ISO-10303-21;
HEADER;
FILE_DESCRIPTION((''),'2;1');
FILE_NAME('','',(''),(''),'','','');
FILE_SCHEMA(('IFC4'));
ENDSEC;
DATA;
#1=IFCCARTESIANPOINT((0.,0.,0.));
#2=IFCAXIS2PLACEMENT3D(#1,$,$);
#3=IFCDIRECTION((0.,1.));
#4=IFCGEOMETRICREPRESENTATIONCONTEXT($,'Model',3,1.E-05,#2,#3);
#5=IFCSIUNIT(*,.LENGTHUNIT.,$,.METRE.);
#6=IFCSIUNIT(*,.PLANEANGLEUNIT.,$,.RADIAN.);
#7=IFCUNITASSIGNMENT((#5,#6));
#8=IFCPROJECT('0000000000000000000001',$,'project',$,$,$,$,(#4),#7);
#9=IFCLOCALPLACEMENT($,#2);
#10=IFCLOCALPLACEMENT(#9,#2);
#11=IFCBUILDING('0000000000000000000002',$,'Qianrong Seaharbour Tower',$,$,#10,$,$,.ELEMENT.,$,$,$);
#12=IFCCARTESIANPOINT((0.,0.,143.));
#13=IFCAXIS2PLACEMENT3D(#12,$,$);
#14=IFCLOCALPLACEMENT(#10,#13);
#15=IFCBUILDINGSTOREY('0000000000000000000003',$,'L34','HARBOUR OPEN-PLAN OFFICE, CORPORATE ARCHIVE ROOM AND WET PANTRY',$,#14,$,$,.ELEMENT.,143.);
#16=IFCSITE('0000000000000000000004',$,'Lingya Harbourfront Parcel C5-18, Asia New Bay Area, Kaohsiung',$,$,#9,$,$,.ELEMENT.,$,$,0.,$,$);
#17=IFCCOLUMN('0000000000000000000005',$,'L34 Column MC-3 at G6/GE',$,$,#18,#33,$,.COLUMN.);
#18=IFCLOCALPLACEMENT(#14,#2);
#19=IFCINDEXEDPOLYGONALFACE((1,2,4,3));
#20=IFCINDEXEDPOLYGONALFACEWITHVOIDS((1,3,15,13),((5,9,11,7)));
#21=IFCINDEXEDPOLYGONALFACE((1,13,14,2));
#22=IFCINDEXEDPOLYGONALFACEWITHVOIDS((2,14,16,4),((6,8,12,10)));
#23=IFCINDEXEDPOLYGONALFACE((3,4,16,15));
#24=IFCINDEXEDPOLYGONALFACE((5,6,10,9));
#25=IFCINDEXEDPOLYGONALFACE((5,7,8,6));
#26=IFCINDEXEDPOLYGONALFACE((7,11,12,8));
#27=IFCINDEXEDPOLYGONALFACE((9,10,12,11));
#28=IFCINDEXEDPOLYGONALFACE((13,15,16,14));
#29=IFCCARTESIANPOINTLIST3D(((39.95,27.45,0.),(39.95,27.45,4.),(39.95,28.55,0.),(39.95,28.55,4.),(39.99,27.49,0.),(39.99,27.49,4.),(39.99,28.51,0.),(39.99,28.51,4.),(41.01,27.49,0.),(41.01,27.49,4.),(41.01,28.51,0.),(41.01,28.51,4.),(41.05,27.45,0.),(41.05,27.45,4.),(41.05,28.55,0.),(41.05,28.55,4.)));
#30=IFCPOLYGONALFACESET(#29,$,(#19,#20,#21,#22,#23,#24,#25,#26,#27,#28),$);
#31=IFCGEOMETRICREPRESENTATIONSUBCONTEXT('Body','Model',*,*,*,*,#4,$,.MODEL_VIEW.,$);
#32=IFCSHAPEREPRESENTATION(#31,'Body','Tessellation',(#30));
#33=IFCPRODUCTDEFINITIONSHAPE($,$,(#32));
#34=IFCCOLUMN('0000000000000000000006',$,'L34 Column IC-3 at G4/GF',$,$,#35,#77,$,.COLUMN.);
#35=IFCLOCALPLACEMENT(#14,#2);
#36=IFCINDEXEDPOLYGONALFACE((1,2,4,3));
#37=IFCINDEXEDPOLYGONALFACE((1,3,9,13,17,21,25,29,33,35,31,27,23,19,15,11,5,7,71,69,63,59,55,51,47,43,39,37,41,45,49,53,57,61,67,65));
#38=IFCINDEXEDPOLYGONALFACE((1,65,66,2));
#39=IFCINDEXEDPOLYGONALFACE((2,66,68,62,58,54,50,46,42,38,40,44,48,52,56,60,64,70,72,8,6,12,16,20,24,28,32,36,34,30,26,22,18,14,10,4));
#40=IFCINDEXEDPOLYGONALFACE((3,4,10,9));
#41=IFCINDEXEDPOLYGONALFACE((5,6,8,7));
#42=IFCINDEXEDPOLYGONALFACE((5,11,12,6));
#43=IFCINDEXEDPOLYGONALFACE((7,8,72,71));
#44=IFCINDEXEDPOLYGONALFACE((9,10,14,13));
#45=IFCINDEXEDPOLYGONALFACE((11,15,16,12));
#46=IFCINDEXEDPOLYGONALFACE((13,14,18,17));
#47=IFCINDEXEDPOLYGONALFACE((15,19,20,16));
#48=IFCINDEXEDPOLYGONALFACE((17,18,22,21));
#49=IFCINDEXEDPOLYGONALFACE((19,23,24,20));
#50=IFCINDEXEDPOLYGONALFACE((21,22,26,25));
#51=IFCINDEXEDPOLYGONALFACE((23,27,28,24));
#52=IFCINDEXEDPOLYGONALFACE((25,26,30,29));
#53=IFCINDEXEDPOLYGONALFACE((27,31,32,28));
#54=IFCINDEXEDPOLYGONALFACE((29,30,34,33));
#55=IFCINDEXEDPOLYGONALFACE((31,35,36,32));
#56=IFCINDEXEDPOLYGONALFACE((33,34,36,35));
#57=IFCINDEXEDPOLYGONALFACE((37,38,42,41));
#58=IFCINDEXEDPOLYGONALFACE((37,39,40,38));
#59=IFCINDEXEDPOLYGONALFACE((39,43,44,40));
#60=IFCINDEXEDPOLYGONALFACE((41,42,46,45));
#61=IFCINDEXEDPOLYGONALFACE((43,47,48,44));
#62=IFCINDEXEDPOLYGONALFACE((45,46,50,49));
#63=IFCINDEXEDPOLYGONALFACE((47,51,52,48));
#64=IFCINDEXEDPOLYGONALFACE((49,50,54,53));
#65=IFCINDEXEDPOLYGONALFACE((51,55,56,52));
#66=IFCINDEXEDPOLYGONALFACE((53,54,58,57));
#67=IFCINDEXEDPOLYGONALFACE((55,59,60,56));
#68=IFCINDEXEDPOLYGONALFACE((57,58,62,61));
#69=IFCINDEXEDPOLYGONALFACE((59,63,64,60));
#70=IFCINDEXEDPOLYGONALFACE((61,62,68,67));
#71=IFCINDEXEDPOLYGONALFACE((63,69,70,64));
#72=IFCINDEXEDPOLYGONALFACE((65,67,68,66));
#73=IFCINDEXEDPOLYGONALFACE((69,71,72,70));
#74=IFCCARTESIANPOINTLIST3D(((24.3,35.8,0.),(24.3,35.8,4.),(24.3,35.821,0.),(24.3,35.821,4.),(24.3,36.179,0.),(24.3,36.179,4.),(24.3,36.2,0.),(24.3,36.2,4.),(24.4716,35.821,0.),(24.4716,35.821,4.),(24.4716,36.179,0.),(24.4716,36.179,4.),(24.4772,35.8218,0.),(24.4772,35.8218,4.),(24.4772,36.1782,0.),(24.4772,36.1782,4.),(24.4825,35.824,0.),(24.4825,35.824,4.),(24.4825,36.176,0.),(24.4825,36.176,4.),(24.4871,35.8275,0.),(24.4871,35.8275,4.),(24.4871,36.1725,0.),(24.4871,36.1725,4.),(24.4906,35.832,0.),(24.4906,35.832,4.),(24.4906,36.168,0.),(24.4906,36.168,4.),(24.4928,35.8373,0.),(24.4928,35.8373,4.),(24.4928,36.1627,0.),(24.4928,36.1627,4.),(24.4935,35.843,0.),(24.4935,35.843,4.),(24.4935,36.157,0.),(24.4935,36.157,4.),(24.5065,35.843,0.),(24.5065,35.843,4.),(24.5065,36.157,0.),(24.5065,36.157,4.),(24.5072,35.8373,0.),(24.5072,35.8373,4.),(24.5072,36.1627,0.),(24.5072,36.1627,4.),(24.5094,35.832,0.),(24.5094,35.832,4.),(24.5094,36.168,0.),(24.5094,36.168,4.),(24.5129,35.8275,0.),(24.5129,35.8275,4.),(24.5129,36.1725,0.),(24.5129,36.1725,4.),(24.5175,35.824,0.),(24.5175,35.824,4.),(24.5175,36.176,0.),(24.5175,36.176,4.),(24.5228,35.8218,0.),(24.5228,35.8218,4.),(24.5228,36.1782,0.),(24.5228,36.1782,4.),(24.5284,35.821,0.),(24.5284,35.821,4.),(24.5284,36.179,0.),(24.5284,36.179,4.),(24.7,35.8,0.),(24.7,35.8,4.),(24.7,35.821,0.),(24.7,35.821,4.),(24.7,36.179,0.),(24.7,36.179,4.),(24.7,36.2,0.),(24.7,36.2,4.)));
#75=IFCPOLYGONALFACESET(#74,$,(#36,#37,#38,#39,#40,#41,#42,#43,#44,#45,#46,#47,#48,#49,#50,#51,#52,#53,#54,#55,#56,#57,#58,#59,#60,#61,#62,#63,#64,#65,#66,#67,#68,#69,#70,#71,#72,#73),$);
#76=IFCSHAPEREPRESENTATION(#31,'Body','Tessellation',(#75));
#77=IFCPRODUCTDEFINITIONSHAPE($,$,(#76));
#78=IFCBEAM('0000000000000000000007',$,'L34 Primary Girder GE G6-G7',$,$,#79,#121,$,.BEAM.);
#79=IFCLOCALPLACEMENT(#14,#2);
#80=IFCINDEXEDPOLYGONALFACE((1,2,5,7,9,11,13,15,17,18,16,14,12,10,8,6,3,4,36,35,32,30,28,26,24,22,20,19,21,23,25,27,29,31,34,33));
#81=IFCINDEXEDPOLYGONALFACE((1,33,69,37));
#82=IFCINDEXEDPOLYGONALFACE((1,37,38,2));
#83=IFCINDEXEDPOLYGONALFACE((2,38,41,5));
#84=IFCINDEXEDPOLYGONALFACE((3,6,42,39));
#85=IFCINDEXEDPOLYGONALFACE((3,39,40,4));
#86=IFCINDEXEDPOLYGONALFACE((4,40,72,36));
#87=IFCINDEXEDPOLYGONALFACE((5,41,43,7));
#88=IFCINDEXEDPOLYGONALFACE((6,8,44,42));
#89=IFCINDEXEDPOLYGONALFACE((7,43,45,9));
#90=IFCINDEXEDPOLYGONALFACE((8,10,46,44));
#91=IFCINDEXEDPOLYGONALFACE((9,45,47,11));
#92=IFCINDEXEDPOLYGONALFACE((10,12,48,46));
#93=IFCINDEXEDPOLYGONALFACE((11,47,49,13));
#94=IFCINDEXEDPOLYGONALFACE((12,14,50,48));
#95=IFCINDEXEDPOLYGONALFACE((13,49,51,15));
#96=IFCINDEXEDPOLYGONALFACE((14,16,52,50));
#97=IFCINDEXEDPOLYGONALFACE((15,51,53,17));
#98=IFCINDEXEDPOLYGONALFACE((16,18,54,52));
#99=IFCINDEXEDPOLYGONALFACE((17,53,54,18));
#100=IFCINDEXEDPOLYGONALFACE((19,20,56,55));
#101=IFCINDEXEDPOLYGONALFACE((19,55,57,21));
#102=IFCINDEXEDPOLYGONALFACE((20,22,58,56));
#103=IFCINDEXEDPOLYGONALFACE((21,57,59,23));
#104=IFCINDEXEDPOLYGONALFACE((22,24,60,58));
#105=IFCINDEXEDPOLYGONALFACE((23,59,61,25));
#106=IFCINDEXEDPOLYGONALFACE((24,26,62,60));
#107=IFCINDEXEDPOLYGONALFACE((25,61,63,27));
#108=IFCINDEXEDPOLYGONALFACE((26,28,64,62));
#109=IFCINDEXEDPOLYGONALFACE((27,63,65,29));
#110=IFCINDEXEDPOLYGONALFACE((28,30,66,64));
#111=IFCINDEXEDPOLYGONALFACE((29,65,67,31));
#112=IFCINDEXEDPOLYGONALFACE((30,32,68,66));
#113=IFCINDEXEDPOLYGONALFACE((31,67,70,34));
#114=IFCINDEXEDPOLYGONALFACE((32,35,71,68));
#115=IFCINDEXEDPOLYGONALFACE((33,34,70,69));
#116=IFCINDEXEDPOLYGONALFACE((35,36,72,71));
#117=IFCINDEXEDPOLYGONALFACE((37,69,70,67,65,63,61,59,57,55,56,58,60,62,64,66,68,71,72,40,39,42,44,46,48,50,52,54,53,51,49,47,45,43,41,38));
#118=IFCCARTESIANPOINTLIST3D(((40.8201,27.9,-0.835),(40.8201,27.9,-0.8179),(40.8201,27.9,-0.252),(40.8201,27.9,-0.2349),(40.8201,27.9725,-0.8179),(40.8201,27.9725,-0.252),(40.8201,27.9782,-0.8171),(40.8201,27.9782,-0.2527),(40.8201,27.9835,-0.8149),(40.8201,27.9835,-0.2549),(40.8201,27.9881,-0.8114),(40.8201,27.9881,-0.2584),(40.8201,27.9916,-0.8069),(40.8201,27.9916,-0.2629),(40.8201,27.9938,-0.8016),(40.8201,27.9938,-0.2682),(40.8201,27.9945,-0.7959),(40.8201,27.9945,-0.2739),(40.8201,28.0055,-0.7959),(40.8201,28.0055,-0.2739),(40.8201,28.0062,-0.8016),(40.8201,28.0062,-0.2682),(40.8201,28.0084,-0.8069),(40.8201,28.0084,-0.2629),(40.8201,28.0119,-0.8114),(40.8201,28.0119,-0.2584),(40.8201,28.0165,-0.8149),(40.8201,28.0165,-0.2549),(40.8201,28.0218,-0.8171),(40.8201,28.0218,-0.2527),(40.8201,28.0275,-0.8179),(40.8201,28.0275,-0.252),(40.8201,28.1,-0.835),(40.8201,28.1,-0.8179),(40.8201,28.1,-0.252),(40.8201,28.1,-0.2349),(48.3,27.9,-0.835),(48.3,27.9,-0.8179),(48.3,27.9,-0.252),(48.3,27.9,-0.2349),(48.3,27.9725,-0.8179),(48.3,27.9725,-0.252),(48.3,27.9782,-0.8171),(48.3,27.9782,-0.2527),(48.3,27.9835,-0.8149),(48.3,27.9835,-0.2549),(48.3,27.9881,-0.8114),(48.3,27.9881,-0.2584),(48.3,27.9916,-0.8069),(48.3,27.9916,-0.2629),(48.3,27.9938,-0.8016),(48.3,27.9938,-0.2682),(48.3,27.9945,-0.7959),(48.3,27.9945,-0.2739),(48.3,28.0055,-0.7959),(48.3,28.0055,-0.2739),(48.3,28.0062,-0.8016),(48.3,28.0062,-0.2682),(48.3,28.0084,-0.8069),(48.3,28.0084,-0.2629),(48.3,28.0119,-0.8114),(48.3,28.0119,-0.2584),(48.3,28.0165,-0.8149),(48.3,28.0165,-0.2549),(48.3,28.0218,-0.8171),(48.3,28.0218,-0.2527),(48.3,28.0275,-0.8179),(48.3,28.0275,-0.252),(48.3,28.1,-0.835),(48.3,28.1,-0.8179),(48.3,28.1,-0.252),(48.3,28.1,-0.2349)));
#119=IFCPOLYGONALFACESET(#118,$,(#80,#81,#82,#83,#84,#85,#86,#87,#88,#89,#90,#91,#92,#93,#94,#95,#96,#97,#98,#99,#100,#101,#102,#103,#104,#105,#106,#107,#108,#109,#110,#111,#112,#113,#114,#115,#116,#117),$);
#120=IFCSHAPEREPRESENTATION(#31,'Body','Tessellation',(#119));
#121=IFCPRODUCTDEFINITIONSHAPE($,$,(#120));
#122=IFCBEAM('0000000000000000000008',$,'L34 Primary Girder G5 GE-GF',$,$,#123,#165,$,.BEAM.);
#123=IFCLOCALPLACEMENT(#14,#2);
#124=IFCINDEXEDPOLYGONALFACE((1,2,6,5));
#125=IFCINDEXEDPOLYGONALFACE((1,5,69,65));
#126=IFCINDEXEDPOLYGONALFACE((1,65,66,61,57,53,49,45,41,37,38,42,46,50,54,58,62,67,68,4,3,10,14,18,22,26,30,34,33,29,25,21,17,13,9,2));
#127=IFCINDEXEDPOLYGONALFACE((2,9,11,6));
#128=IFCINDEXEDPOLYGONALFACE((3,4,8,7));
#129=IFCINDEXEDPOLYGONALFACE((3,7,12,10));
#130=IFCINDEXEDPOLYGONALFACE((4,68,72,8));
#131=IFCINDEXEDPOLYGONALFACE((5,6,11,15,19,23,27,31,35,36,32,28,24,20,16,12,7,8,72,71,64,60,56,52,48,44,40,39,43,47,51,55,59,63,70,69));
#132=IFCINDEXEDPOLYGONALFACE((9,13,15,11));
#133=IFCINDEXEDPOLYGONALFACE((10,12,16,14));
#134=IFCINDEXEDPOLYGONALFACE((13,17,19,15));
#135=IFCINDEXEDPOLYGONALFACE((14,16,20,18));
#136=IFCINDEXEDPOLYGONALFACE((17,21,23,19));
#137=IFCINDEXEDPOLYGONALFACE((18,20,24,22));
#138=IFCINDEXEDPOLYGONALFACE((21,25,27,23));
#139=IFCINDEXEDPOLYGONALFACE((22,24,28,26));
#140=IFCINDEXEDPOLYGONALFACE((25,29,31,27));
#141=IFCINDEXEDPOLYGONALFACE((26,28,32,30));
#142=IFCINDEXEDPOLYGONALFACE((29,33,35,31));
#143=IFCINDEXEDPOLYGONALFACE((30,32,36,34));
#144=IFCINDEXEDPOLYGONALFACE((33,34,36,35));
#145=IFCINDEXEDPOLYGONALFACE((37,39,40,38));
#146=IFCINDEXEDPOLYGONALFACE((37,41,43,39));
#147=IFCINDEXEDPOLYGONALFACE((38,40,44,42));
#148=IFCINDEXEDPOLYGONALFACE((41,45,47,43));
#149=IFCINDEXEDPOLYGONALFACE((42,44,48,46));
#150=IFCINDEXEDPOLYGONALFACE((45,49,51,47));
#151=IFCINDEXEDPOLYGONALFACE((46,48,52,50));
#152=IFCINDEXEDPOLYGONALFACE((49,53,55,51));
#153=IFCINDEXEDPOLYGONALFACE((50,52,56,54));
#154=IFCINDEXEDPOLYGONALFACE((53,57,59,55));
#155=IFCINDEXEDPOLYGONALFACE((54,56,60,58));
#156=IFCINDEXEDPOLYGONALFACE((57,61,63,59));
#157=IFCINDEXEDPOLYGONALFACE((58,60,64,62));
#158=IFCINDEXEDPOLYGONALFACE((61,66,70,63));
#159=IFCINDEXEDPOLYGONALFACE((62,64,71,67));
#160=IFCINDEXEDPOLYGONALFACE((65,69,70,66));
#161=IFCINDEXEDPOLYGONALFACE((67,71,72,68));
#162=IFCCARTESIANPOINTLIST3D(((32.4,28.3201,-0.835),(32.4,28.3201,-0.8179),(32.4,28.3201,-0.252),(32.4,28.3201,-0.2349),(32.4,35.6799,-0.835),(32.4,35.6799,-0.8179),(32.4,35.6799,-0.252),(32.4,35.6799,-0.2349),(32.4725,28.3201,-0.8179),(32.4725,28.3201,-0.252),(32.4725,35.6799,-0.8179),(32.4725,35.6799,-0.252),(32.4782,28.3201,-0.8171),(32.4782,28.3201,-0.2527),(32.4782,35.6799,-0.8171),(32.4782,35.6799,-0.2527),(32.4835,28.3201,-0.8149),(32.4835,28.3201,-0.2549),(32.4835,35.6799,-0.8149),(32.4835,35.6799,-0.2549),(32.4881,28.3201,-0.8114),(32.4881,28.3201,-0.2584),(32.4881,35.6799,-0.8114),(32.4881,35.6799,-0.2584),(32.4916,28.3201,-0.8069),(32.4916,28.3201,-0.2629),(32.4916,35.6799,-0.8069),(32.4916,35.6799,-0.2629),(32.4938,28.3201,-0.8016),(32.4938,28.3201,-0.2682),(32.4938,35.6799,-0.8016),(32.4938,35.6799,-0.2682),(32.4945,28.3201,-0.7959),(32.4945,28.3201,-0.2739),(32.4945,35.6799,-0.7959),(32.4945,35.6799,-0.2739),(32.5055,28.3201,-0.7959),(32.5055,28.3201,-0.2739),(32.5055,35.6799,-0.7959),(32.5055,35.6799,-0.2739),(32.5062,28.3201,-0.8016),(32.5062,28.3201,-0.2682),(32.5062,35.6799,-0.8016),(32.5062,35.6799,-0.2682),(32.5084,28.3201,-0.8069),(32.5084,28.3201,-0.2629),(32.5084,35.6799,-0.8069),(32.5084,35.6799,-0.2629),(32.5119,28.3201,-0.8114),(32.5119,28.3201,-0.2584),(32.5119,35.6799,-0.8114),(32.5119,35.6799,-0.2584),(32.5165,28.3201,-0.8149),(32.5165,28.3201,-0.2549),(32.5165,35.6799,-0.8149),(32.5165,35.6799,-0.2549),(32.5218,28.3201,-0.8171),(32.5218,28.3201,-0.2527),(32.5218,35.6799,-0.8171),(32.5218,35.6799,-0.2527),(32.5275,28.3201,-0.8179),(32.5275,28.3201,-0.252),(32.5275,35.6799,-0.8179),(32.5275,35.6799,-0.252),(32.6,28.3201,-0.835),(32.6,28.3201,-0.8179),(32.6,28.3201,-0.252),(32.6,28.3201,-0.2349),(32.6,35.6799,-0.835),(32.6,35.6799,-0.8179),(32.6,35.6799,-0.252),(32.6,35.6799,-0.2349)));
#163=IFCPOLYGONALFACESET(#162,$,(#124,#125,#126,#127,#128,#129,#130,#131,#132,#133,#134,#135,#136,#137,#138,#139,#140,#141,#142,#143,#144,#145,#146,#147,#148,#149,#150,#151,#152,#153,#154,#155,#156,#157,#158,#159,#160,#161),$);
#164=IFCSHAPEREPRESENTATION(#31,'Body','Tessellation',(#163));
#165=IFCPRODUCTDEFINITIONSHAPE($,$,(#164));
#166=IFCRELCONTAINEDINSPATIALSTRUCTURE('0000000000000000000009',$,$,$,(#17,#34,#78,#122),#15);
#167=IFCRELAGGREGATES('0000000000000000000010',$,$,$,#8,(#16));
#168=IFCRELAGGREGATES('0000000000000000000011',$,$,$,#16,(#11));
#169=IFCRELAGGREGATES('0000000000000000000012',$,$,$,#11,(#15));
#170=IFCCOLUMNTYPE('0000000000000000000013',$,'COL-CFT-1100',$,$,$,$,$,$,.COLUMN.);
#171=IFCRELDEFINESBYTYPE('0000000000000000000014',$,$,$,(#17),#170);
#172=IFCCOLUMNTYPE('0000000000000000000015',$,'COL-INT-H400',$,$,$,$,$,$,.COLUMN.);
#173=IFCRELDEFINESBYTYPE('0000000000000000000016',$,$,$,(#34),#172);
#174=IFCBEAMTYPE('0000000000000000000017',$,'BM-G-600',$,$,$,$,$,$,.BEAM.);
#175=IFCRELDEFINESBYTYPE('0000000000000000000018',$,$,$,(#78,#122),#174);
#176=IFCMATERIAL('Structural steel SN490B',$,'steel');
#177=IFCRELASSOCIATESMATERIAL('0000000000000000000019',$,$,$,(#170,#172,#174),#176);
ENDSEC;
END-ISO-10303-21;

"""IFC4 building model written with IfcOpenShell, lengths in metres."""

from ifc_helpers import new_model, si_unit, direction, frame, origin, origin_2d, place, context, subcontext, project, spatial, hollow_rectangle, i_section, extrude, material, material_profile, profile_set, type_object, element, save


model = new_model("IFC4")

# Units and contexts
model_context = context("Model", 3, precision=1e-05, world=origin(), true_north=direction((0.0, 1.0)))
body_context = subcontext(model_context, "Body", "Model", "MODEL_VIEW")
ifc_project = project(units=[si_unit("LENGTHUNIT", "METRE"), si_unit("PLANEANGLEUNIT", "RADIAN")], contexts=[model_context])

# Site, building, storey
site_placement = place(None, origin())
site = spatial("IfcSite", under=ifc_project, at=site_placement, Name="Lingya Harbourfront Parcel C5-18, Asia New Bay Area, Kaohsiung", CompositionType="ELEMENT", RefElevation=0.0)
building_placement = place(site_placement, origin())
building = spatial("IfcBuilding", under=site, at=building_placement, Name="Qianrong Seaharbour Tower", CompositionType="ELEMENT")
storey_placement = place(building_placement, frame((0.0, 0.0, 143.0)))
storey = spatial("IfcBuildingStorey", under=building, at=storey_placement, Name="L34", Description="HARBOUR OPEN-PLAN OFFICE, CORPORATE ARCHIVE ROOM AND WET PANTRY", CompositionType="ELEMENT", Elevation=143.0)

# Columns
ifc_material_1 = material(Name="Structural steel SN490B", Category="steel")
ifc_material_profile_1 = material_profile(ifc_material_1, hollow_rectangle(XDim=1.1001, YDim=1.1001, WallThickness=0.04, at=origin_2d()), Name="BOX1100x1100x40")
ifc_profile_set_1 = profile_set([ifc_material_profile_1], Name="Structural steel SN490B")
column_type_1 = type_object("IfcColumnType", Name="COL-CFT-1100", PredefinedType="COLUMN", material=ifc_profile_set_1)
column_1_placement = place(storey_placement, frame((40.5, 28.0, 0.0), z_axis=(0.0, 0.0, 1.0), x_axis=(1.0, 0.0, 0.0)))
element("IfcColumn", 1, at=column_1_placement, inside=storey, type_object=column_type_1, Name="L34 Column MC-3 at G6/GE", PredefinedType="COLUMN", context=body_context, shape_type="SweptSolid", body=[
    extrude(hollow_rectangle(XDim=1.1001, YDim=1.1001, WallThickness=0.04, at=origin_2d()), origin(), (0.0, 0.0, 1.0), 4.0),
])
ifc_material_profile_2 = material_profile(ifc_material_1, i_section(OverallWidth=0.3999, OverallDepth=0.3999, WebThickness=0.0129, FlangeThickness=0.021, FilletRadius=0.022, at=origin_2d()), Name="H400x400x13x21")
ifc_profile_set_2 = profile_set([ifc_material_profile_2], Name="Structural steel SN490B")
column_type_2 = type_object("IfcColumnType", Name="COL-INT-H400", PredefinedType="COLUMN", material=ifc_profile_set_2)
column_2_placement = place(storey_placement, frame((24.5, 36.0, 0.0), z_axis=(0.0, 0.0, 1.0), x_axis=(1.0, 0.0, 0.0)))
element("IfcColumn", 2, at=column_2_placement, inside=storey, type_object=column_type_2, Name="L34 Column IC-3 at G4/GF", PredefinedType="COLUMN", context=body_context, shape_type="SweptSolid", body=[
    extrude(i_section(OverallWidth=0.3999, OverallDepth=0.3999, WebThickness=0.0129, FlangeThickness=0.021, FilletRadius=0.022, at=origin_2d()), origin(), (0.0, 0.0, 1.0), 4.0),
])

# Beams
ifc_material_profile_3 = material_profile(ifc_material_1, i_section(OverallWidth=0.2, OverallDepth=0.6001, WebThickness=0.011, FlangeThickness=0.0171, FilletRadius=0.022, at=origin_2d()), Name="H600x200x11x17")
ifc_profile_set_3 = profile_set([ifc_material_profile_3], Name="Structural steel SN490B")
beam_type_1 = type_object("IfcBeamType", Name="BM-G-600", PredefinedType="BEAM", material=ifc_profile_set_3)
beam_placement = place(storey_placement, frame((40.8201, 28.0, -0.5349), z_axis=(1.0, 0.0, 0.0), x_axis=(0.0, 1.0, 0.0)))
element("IfcBeam", 3, at=beam_placement, inside=storey, type_object=beam_type_1, Name="L34 Primary Girder GE G6-G7", PredefinedType="BEAM", context=body_context, shape_type="SweptSolid", body=[
    extrude(i_section(OverallWidth=0.2, OverallDepth=0.6001, WebThickness=0.011, FlangeThickness=0.0171, FilletRadius=0.022, at=origin_2d()), origin(), (0.0, 0.0, 1.0), 7.48),
])
for number, where, z_axis, x_axis, name in (
    (4, (32.5, 28.3201, -0.5349), (0.0, 1.0, 0.0), (-1.0, 0.0, 0.0), "L34 Primary Girder G5 GE-GF"),
):
    element("IfcBeam", number, at=place(storey_placement, frame(where, z_axis=z_axis, x_axis=x_axis)), inside=storey, type_object=beam_type_1, Name=name, PredefinedType="BEAM", context=body_context, shape_type="SweptSolid", body=[
        extrude(i_section(OverallWidth=0.2, OverallDepth=0.6001, WebThickness=0.011, FlangeThickness=0.0171, FilletRadius=0.022, at=origin_2d()), origin(), (0.0, 0.0, 1.0), 7.3599),
    ])

save(model, "model.ifc")
